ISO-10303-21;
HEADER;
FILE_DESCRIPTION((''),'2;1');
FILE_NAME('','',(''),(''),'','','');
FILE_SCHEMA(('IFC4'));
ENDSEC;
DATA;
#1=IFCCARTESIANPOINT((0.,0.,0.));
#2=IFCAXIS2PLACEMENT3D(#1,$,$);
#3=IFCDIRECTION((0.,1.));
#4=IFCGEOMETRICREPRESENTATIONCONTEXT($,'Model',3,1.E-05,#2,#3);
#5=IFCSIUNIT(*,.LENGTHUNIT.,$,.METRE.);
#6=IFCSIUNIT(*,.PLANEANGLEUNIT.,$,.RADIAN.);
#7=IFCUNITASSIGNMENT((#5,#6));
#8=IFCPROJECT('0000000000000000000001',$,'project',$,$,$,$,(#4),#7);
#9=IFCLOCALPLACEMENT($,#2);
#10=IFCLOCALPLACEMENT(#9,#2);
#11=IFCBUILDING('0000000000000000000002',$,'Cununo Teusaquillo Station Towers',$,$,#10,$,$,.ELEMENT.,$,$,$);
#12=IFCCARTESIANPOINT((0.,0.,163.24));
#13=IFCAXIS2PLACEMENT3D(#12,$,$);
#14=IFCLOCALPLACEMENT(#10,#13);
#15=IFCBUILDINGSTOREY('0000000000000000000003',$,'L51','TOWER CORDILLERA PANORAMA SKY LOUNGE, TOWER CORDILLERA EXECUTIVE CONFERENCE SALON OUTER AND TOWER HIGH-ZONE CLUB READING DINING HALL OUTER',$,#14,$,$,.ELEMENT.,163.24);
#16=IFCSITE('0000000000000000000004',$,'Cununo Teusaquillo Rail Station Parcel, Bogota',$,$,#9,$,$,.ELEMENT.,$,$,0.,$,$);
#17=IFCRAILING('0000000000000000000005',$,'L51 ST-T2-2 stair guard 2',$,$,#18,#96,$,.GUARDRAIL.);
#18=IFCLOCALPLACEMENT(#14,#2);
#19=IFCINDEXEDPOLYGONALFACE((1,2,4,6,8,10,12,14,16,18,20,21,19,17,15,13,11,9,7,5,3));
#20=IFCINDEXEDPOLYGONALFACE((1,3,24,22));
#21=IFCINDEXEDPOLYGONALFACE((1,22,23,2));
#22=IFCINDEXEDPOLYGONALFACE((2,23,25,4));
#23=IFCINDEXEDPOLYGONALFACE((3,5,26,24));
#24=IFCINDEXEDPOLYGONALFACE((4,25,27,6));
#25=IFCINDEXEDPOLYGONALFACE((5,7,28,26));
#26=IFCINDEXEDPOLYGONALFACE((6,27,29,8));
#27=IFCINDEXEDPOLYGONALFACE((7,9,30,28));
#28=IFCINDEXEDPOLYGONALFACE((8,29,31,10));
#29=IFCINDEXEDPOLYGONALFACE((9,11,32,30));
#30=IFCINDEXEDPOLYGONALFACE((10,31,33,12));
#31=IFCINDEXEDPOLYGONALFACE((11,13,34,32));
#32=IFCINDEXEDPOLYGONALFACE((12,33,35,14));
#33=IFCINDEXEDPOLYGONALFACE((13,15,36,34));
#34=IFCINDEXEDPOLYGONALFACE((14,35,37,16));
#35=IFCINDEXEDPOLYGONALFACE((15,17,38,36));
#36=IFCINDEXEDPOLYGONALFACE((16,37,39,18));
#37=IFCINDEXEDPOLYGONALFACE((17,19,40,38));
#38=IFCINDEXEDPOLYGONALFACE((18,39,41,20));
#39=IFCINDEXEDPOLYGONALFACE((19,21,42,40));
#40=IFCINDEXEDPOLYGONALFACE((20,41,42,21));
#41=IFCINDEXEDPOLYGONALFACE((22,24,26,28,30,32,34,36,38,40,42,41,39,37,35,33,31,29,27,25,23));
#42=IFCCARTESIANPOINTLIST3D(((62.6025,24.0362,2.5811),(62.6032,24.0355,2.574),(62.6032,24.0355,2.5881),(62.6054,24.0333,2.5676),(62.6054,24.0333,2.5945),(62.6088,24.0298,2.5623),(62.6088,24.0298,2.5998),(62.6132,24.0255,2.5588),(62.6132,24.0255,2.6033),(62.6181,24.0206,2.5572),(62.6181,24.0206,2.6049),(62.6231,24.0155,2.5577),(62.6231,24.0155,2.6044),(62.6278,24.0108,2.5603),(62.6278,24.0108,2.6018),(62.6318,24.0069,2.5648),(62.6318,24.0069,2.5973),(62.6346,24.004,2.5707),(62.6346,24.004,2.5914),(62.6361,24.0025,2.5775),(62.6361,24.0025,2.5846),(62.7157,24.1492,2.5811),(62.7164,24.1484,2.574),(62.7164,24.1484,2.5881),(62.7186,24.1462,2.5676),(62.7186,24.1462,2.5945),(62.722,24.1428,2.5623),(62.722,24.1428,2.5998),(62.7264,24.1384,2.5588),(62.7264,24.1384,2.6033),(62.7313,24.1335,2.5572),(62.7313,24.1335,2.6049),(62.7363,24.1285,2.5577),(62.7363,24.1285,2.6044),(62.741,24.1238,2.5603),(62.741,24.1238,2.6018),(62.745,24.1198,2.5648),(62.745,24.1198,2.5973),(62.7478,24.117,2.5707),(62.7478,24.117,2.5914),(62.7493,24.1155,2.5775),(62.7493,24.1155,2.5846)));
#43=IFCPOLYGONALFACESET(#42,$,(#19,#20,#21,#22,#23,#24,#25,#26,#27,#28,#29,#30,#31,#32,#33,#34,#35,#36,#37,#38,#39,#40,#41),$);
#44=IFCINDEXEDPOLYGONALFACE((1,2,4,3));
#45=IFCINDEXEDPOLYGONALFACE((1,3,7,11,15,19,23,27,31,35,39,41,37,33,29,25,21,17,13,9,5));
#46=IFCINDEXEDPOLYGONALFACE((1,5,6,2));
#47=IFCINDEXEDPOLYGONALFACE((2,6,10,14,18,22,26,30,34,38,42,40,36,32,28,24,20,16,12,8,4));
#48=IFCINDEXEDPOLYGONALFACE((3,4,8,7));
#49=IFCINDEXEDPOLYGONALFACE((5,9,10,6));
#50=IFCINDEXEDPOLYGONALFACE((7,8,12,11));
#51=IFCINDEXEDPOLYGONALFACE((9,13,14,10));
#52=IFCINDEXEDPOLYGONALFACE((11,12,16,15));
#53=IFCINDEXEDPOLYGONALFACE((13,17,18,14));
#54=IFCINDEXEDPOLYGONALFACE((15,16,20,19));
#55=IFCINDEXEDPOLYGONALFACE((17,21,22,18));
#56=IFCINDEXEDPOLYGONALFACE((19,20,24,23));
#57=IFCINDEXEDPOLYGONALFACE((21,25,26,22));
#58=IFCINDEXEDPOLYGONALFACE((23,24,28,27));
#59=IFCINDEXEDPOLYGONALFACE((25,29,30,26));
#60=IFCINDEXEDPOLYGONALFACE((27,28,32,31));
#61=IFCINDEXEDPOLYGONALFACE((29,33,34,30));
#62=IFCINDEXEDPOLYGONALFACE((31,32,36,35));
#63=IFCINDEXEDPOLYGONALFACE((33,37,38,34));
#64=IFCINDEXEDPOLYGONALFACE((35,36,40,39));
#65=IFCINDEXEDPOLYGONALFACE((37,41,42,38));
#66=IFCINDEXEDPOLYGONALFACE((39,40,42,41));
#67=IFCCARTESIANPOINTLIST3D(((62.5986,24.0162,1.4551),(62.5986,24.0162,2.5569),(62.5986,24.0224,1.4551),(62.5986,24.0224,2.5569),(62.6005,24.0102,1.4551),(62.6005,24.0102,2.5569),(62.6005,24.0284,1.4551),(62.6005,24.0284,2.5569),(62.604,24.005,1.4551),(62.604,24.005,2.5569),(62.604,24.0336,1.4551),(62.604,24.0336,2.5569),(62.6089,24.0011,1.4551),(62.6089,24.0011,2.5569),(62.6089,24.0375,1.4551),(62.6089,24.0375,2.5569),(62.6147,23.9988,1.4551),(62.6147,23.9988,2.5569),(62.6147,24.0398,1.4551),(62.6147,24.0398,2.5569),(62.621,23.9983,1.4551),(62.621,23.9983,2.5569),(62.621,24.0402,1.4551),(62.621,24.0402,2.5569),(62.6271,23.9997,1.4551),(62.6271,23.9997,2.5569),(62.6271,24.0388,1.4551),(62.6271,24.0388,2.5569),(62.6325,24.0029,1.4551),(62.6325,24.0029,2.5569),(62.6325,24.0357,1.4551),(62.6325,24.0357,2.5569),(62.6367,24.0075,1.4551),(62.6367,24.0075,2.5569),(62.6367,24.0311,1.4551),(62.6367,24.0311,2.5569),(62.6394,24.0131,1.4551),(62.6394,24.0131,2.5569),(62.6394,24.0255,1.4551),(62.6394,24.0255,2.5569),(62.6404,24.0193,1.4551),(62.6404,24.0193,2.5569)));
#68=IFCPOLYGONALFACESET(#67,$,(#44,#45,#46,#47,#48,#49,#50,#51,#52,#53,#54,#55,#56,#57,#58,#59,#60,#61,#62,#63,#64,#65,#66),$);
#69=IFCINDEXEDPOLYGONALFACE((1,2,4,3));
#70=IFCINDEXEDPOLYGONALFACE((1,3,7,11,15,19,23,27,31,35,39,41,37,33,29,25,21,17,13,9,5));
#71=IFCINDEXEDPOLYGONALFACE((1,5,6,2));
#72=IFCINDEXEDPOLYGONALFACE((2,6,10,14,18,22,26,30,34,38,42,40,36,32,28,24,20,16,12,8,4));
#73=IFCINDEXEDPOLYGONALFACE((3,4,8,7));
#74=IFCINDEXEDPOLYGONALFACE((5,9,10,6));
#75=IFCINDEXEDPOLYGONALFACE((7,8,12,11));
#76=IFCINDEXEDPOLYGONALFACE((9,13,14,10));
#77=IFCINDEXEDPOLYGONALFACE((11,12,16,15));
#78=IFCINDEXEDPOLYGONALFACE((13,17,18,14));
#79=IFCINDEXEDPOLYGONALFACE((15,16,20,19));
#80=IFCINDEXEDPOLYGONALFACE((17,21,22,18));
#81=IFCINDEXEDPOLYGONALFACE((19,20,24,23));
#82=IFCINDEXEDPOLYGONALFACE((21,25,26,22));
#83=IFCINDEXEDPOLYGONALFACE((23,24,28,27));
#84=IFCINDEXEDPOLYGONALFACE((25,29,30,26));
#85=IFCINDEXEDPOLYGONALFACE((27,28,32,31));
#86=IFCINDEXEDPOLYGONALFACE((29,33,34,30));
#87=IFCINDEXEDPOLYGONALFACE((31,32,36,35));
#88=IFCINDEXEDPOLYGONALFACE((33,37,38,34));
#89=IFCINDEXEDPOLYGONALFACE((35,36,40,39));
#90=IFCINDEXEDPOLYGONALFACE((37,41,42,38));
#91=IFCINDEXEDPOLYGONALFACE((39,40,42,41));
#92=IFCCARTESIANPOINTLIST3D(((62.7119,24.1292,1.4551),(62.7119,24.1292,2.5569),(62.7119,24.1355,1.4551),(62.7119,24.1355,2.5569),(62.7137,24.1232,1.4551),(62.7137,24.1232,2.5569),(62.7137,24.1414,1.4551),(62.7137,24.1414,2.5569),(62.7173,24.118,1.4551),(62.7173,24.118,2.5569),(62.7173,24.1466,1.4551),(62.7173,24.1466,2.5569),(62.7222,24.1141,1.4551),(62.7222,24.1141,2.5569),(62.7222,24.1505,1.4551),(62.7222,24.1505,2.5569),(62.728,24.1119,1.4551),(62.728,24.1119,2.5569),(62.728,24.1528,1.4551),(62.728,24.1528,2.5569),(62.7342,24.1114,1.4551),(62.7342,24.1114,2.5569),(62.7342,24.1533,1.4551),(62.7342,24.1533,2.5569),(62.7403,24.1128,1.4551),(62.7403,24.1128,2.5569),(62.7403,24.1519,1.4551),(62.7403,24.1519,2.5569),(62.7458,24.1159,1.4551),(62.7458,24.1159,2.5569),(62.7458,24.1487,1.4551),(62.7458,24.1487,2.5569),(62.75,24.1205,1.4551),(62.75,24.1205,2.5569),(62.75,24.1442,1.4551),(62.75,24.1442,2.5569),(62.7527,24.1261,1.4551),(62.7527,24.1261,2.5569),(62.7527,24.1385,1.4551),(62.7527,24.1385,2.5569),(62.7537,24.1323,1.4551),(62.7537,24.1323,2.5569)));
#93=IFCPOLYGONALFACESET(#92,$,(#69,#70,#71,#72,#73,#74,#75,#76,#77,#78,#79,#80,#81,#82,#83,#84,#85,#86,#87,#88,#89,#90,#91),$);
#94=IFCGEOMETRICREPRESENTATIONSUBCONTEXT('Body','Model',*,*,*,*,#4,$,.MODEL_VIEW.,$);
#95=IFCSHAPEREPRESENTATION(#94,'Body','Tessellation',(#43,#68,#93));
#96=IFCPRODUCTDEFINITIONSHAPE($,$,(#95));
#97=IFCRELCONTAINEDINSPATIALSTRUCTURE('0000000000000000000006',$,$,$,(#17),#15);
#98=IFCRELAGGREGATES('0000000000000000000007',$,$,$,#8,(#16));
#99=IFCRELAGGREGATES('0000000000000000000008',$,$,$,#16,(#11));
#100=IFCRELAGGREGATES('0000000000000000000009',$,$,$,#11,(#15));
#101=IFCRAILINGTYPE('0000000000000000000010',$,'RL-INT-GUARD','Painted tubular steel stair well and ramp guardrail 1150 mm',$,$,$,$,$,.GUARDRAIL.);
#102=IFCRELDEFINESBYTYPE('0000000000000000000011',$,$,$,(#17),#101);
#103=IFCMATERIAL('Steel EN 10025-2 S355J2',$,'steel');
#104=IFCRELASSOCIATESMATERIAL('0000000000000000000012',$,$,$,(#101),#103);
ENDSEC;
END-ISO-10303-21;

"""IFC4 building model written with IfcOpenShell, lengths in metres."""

from ifc_helpers import new_model, si_unit, direction, frame, origin, origin_2d, place, context, subcontext, project, spatial, circle, extrude, material, type_object, element, save


model = new_model("IFC4")

# Units and contexts
model_context = context("Model", 3, precision=1e-05, world=origin(), true_north=direction((0.0, 1.0)))
body_context = subcontext(model_context, "Body", "Model", "MODEL_VIEW")
ifc_project = project(units=[si_unit("LENGTHUNIT", "METRE"), si_unit("PLANEANGLEUNIT", "RADIAN")], contexts=[model_context])

# Site, building, storey
site_placement = place(None, origin())
site = spatial("IfcSite", under=ifc_project, at=site_placement, Name="Cununo Teusaquillo Rail Station Parcel, Bogota", CompositionType="ELEMENT", RefElevation=0.0)
building_placement = place(site_placement, origin())
building = spatial("IfcBuilding", under=site, at=building_placement, Name="Cununo Teusaquillo Station Towers", CompositionType="ELEMENT")
storey_placement = place(building_placement, frame((0.0, 0.0, 163.24)))
storey = spatial("IfcBuildingStorey", under=building, at=storey_placement, Name="L51", Description="TOWER CORDILLERA PANORAMA SKY LOUNGE, TOWER CORDILLERA EXECUTIVE CONFERENCE SALON OUTER AND TOWER HIGH-ZONE CLUB READING DINING HALL OUTER", CompositionType="ELEMENT", Elevation=163.24)

# Railing
ifc_material_1 = material(Name="Steel EN 10025-2 S355J2", Category="steel")
railing_type_1 = type_object("IfcRailingType", Name="RL-INT-GUARD", Description="Painted tubular steel stair well and ramp guardrail 1150 mm", PredefinedType="GUARDRAIL", material=ifc_material_1)
railing_1_placement = place(storey_placement, frame((62.6194, 24.0193, 1.4551)))
element("IfcRailing", 1, at=railing_1_placement, inside=storey, type_object=railing_type_1, Name="L51 ST-T2-2 stair guard 2", PredefinedType="GUARDRAIL", context=body_context, shape_type="SweptSolid", body=[
    extrude(circle(Radius=0.0239, at=origin_2d()), frame((0.0, 0.0, 1.126), z_axis=(0.707869, 0.706344, 0.0), x_axis=(-0.706344, 0.707869, 0.0)), (0.0, 0.0, 1.0), 0.1599),
    extrude(circle(Radius=0.021, at=origin_2d()), origin(), (0.0, 0.0, 1.0), 1.1018),
    extrude(circle(Radius=0.021, at=origin_2d()), frame((0.1133, 0.113, 0.0)), (0.0, 0.0, 1.0), 1.1018),
])

save(model, "model.ifc")
